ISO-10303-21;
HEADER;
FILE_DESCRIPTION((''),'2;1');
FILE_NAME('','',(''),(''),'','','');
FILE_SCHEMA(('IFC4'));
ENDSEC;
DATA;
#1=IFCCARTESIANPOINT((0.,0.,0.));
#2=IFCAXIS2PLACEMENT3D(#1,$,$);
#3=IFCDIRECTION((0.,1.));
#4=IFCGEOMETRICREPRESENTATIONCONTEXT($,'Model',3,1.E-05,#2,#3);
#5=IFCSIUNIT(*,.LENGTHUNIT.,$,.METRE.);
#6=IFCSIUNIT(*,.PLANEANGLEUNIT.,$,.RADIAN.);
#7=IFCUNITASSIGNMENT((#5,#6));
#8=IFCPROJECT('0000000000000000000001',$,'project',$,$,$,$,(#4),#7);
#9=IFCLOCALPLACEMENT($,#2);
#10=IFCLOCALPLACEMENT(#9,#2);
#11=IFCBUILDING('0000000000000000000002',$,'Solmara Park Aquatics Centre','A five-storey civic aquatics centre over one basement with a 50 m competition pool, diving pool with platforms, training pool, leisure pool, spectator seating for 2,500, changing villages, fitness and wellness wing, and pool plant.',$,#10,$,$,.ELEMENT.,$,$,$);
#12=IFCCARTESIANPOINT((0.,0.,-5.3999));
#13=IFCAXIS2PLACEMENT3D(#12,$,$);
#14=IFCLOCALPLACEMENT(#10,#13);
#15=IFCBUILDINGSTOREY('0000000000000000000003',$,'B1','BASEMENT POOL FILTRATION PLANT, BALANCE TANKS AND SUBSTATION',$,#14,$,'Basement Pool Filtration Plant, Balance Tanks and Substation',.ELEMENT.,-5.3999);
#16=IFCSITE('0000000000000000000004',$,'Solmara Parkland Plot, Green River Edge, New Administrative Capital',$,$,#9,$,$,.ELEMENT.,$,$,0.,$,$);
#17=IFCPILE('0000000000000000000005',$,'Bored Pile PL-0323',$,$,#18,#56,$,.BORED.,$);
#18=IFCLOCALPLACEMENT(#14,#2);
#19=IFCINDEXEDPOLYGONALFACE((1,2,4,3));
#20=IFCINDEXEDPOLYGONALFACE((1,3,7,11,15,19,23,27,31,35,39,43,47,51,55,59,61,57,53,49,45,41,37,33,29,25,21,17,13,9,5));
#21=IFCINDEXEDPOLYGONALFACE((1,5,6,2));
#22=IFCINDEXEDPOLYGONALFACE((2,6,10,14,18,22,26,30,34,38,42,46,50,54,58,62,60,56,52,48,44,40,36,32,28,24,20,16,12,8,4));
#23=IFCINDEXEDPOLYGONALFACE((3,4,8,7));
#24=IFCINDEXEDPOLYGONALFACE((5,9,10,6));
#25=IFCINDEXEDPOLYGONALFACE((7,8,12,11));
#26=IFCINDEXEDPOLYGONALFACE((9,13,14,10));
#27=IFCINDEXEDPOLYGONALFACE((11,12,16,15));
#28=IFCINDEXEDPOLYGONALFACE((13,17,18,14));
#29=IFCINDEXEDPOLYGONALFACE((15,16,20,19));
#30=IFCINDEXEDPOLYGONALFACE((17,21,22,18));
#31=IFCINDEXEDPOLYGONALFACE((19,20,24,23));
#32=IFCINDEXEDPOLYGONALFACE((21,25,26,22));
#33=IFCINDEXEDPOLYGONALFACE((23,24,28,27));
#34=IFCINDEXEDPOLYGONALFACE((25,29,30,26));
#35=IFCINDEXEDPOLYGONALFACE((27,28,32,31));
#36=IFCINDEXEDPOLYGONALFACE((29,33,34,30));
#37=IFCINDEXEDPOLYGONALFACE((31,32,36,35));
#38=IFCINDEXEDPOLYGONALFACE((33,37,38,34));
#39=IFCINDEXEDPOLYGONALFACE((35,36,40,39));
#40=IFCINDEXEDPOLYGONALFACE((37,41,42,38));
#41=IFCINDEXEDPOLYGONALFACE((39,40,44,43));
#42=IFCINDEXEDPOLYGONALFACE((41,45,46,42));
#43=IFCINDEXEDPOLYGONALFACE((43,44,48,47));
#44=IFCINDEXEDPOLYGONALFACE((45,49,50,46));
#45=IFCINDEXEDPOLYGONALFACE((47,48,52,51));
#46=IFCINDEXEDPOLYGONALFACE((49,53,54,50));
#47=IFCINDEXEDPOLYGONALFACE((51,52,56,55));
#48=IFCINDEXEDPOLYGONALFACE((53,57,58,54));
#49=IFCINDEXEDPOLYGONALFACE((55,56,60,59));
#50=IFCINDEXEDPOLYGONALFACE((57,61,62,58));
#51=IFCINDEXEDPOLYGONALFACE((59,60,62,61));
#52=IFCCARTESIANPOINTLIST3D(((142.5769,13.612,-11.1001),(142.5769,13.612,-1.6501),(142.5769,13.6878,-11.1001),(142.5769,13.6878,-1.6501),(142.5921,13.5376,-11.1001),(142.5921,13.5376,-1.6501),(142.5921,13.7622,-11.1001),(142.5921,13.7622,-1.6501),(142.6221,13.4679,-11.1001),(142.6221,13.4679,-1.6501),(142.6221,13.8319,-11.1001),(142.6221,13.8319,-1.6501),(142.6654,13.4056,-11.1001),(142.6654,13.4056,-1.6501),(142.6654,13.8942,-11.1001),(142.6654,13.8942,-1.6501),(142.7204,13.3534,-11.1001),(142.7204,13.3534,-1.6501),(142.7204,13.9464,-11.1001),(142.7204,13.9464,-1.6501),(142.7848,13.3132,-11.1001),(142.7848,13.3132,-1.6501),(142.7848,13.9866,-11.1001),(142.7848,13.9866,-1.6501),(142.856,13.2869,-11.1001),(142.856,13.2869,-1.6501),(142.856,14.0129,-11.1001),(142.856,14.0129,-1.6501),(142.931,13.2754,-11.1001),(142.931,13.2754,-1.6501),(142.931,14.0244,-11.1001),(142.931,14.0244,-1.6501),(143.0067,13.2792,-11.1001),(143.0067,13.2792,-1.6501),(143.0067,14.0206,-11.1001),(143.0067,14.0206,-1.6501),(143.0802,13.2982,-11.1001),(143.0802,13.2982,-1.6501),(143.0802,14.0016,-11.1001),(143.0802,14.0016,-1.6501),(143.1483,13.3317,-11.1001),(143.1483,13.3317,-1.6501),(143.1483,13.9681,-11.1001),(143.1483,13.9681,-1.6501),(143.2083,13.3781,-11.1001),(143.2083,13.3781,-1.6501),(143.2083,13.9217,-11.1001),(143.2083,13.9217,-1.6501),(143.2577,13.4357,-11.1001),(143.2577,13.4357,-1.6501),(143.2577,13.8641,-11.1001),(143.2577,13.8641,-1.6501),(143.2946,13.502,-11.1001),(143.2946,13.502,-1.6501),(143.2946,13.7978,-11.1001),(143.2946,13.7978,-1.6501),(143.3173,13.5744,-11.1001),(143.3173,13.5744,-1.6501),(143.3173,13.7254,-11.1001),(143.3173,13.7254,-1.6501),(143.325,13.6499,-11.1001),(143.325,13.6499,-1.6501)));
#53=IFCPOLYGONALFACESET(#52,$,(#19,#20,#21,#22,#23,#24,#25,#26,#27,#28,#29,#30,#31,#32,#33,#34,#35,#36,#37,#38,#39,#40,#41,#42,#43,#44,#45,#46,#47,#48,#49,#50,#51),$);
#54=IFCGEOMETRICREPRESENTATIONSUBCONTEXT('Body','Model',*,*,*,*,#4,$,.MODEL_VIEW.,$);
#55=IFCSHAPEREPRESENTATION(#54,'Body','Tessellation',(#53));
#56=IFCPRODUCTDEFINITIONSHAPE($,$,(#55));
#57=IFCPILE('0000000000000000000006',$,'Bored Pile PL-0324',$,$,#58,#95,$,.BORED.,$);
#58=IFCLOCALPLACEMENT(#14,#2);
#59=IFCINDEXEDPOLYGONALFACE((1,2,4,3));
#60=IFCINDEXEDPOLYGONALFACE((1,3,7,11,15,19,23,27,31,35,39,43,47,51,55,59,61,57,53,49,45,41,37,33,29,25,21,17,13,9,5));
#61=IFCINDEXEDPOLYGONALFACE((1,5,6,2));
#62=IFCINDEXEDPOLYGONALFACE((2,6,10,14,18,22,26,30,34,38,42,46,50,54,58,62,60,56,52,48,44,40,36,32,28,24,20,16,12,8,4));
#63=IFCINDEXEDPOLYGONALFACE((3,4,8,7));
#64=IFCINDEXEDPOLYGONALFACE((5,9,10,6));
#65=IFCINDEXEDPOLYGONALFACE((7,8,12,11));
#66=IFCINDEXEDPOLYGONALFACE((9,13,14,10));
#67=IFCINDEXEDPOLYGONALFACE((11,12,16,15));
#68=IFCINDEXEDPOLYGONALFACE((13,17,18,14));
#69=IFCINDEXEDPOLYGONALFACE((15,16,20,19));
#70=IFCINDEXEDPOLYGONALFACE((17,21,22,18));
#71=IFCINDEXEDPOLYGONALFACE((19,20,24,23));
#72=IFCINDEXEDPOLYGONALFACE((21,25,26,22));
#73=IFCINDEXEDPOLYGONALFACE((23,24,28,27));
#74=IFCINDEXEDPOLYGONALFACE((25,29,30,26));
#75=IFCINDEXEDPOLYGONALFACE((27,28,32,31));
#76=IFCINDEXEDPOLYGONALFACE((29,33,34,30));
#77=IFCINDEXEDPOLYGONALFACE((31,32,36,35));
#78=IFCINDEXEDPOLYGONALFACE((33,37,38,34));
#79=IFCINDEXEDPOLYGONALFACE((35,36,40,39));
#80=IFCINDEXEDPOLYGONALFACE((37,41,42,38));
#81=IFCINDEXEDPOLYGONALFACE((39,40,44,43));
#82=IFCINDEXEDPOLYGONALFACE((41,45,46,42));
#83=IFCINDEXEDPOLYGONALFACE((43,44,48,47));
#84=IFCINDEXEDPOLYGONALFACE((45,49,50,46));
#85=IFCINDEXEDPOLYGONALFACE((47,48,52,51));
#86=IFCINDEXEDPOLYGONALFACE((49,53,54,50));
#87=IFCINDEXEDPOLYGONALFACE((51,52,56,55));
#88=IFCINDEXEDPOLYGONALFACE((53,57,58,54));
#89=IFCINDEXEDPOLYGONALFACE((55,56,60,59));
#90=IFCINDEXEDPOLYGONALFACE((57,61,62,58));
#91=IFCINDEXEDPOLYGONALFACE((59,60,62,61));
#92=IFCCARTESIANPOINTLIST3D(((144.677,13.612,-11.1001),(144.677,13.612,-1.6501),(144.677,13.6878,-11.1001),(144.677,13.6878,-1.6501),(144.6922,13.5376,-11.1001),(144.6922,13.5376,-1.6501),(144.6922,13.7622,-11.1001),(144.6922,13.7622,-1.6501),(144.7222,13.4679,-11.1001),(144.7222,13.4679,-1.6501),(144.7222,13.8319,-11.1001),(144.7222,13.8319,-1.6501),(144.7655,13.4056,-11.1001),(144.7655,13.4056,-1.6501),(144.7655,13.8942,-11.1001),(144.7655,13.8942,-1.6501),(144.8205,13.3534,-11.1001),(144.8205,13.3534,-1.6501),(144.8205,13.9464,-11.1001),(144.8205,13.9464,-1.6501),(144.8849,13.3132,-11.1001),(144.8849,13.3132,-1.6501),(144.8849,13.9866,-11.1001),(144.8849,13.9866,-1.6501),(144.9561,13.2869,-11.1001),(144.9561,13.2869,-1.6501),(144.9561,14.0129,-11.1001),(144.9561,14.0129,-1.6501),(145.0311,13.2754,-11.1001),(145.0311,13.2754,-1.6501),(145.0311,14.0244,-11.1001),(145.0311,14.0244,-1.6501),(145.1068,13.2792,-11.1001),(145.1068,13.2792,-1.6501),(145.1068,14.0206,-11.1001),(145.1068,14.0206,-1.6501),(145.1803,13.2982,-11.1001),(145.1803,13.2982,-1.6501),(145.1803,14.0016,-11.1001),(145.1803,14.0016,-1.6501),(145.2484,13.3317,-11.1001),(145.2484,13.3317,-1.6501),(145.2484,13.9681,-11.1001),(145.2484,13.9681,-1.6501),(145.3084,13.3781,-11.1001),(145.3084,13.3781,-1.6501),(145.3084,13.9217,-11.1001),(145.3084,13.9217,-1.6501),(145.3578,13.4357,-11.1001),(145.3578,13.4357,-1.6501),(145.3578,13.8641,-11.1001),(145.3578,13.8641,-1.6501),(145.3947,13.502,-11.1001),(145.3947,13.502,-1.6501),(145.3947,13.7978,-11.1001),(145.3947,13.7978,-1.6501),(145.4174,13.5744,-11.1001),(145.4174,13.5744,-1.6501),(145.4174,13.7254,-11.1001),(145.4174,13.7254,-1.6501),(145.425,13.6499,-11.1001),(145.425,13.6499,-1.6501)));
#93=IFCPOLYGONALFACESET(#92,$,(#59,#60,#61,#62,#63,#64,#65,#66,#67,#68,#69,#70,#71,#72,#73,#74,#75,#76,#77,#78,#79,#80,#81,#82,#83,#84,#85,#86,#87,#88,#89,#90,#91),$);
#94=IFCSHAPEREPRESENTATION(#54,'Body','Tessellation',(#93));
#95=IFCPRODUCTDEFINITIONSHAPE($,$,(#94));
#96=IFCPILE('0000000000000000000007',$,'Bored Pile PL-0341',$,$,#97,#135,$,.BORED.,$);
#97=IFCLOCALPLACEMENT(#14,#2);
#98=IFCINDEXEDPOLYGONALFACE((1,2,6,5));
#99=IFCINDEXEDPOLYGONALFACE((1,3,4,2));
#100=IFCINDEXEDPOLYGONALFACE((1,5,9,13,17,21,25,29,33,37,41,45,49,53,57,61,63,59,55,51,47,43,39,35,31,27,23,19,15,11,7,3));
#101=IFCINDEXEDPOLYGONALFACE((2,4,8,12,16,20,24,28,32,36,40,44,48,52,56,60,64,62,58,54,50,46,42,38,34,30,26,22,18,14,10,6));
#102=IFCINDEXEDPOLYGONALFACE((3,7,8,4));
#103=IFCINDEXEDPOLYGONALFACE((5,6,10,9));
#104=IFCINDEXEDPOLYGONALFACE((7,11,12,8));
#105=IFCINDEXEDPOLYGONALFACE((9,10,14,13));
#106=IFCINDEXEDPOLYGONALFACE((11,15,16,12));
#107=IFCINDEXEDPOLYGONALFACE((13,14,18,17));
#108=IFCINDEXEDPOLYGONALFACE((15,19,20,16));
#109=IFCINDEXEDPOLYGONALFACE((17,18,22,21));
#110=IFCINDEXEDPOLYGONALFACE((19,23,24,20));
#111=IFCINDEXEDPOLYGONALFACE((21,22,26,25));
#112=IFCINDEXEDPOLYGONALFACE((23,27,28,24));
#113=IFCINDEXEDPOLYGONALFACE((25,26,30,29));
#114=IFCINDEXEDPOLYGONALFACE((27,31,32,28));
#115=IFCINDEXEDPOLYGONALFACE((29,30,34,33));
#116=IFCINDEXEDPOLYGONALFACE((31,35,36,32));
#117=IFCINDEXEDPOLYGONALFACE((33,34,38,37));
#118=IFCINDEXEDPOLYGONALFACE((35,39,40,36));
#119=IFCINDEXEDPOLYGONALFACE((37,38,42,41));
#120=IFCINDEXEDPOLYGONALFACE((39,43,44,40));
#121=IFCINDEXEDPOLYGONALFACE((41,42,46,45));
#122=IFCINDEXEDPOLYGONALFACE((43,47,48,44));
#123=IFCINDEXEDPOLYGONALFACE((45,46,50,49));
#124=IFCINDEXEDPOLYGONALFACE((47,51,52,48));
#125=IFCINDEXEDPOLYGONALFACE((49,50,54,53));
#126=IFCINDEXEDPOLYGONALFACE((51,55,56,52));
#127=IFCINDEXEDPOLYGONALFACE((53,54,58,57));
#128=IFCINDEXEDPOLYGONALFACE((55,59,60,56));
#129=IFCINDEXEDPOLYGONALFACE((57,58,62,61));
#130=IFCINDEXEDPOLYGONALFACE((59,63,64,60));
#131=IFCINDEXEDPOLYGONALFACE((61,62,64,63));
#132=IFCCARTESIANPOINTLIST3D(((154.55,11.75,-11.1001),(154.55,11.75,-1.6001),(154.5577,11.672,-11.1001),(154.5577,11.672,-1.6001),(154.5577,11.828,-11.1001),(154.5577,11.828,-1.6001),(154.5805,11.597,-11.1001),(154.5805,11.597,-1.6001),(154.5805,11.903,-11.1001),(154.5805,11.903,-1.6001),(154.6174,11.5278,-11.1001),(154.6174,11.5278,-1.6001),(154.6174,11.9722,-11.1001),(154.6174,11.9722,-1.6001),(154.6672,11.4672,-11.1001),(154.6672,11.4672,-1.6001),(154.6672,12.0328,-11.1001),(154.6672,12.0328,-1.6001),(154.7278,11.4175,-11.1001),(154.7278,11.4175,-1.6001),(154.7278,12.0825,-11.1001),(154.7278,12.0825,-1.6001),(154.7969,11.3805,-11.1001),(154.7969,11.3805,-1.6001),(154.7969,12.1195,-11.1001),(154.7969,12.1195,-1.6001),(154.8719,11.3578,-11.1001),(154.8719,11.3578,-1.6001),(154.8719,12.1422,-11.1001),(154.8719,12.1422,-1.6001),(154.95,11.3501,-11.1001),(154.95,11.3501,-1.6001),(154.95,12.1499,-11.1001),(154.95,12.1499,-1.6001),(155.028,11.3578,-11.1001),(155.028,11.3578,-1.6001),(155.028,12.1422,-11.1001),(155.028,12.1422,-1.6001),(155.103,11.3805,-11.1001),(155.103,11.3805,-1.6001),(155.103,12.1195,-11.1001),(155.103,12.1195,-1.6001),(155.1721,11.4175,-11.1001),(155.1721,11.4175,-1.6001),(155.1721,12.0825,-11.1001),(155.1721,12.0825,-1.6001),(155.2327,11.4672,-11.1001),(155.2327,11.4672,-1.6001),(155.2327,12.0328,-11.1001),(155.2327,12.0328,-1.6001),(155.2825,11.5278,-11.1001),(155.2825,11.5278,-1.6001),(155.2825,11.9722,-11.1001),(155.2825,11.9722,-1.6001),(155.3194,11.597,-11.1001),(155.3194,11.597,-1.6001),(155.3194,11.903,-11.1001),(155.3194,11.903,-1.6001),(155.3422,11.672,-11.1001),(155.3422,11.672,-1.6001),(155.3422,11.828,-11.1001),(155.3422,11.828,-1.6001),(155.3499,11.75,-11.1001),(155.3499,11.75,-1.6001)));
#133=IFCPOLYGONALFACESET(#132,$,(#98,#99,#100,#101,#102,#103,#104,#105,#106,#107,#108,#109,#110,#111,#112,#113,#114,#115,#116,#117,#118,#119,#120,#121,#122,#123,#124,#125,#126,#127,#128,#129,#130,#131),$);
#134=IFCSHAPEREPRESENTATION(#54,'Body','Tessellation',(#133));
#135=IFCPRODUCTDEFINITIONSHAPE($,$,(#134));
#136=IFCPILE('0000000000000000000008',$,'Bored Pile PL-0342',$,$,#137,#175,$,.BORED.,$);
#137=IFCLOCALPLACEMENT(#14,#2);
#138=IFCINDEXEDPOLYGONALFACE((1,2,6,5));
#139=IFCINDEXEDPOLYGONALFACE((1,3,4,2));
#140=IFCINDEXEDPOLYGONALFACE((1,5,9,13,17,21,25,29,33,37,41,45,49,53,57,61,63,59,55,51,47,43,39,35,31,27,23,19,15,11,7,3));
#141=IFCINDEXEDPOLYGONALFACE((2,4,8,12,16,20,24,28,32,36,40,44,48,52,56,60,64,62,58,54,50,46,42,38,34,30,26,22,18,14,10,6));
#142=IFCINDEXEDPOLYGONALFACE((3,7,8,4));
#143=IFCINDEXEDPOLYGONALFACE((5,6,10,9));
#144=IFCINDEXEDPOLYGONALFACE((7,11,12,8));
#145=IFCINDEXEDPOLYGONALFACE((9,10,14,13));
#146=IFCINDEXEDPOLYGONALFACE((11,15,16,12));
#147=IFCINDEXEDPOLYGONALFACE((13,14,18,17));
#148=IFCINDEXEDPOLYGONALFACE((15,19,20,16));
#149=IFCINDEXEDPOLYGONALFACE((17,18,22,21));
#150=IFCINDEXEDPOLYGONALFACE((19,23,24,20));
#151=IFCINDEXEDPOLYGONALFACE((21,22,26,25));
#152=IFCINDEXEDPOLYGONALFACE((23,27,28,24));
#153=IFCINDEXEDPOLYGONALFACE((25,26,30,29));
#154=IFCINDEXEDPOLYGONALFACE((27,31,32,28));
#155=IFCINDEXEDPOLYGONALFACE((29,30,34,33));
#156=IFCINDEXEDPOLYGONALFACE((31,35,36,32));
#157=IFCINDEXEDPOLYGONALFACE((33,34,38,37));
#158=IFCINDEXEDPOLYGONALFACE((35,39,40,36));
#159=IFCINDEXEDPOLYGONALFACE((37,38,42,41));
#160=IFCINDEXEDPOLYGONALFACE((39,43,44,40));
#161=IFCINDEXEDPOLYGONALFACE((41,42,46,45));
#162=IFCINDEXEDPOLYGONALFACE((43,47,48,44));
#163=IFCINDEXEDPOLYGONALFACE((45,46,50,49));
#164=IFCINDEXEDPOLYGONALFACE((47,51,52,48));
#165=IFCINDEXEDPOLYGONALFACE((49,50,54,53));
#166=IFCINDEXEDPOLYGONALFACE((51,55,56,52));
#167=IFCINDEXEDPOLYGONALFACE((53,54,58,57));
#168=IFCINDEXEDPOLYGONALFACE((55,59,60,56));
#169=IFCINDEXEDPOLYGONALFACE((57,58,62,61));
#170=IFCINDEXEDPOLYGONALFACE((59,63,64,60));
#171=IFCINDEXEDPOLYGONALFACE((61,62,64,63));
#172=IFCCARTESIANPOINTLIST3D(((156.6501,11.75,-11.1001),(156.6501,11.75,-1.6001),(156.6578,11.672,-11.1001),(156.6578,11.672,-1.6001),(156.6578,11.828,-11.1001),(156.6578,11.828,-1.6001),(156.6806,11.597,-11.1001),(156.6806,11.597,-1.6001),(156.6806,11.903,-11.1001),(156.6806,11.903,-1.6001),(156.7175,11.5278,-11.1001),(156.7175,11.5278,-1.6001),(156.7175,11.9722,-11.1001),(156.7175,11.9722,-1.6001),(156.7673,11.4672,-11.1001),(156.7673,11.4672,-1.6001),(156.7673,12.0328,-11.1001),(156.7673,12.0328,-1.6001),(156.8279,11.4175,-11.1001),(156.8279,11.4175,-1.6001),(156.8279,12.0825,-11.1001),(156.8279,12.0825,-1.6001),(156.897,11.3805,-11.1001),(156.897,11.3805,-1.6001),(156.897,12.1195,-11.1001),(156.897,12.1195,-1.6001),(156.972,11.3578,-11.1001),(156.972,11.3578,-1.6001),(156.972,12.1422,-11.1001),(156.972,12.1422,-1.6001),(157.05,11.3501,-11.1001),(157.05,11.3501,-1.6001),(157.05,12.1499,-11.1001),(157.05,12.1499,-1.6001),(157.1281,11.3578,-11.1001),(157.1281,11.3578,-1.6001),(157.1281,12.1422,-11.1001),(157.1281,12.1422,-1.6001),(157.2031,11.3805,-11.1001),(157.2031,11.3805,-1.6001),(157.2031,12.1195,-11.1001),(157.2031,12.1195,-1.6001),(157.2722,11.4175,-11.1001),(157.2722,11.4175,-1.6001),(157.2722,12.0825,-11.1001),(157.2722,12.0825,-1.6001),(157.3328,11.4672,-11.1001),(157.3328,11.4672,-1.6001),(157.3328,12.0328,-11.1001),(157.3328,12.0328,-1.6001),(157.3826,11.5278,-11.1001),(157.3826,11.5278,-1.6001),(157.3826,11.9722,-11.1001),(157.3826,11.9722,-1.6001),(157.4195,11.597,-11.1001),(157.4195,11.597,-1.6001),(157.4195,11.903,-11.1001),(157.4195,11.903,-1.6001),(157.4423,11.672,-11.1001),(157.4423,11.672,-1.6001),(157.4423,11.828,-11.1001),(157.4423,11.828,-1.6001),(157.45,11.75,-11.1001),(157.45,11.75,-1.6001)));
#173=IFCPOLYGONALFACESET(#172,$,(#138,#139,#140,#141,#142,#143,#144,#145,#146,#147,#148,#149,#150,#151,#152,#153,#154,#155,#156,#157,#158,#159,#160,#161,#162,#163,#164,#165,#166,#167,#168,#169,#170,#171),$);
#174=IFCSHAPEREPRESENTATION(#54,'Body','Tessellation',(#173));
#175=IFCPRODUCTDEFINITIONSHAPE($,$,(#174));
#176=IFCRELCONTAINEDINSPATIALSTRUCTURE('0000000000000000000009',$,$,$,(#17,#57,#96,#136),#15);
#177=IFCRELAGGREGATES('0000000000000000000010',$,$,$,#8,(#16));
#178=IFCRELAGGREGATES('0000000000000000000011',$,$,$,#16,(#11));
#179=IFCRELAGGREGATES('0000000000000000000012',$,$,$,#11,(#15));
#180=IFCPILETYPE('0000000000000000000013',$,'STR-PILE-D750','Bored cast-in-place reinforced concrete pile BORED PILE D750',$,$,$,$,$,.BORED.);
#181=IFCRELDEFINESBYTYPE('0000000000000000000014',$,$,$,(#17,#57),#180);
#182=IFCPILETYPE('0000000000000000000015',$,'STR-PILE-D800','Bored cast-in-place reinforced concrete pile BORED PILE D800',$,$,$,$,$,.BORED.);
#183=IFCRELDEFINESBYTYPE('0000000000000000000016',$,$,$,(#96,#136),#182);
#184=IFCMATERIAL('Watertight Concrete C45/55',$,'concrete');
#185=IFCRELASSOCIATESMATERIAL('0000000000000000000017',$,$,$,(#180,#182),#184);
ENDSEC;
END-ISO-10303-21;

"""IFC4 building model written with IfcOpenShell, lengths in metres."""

from ifc_helpers import new_model, si_unit, direction, frame, origin, origin_2d, place, context, subcontext, project, spatial, circle, extrude, material, material_profile, profile_set, type_object, element, save


model = new_model("IFC4")

# Units and contexts
model_context = context("Model", 3, precision=1e-05, world=origin(), true_north=direction((0.0, 1.0)))
body_context = subcontext(model_context, "Body", "Model", "MODEL_VIEW")
ifc_project = project(units=[si_unit("LENGTHUNIT", "METRE"), si_unit("PLANEANGLEUNIT", "RADIAN")], contexts=[model_context])

# Site, building, storey
site_placement = place(None, origin())
site = spatial("IfcSite", under=ifc_project, at=site_placement, Name="Solmara Parkland Plot, Green River Edge, New Administrative Capital", CompositionType="ELEMENT", RefElevation=0.0)
building_placement = place(site_placement, origin())
building = spatial("IfcBuilding", under=site, at=building_placement, Name="Solmara Park Aquatics Centre", Description="A five-storey civic aquatics centre over one basement with a 50 m competition pool, diving pool with platforms, training pool, leisure pool, spectator seating for 2,500, changing villages, fitness and wellness wing, and pool plant.", CompositionType="ELEMENT")
storey_placement = place(building_placement, frame((0.0, 0.0, -5.3999)))
storey = spatial("IfcBuildingStorey", under=building, at=storey_placement, Name="B1", Description="BASEMENT POOL FILTRATION PLANT, BALANCE TANKS AND SUBSTATION", LongName="Basement Pool Filtration Plant, Balance Tanks and Substation", CompositionType="ELEMENT", Elevation=-5.3999)

# Shared definitions
ifc_material_1 = material(Name="Watertight Concrete C45/55", Category="concrete")

# Piles
ifc_material_profile_1 = material_profile(ifc_material_1, circle(Radius=0.375, at=origin_2d()), Name="BORED PILE D750")
ifc_profile_set_1 = profile_set([ifc_material_profile_1], Name="Watertight Concrete C45/55")
pile_type_1 = type_object("IfcPileType", Name="STR-PILE-D750", Description="Bored cast-in-place reinforced concrete pile BORED PILE D750", PredefinedType="BORED", material=ifc_profile_set_1)
for number, where, z_axis, x_axis, name in (
    (1, (142.95, 13.6499, -1.6501), (0.0, 0.0, -1.0), (1.0, 0.0, 0.0), "Bored Pile PL-0323"),
    (2, (145.05, 13.6499, -1.6501), (0.0, 0.0, -1.0), (1.0, 0.0, 0.0), "Bored Pile PL-0324"),
):
    element("IfcPile", number, at=place(storey_placement, frame(where, z_axis=z_axis, x_axis=x_axis)), inside=storey, type_object=pile_type_1, Name=name, PredefinedType="BORED", context=body_context, shape_type="SweptSolid", body=[
        extrude(circle(Radius=0.375, at=origin_2d()), origin(), (0.0, 0.0, 1.0), 9.45),
    ])
ifc_material_profile_2 = material_profile(ifc_material_1, circle(Radius=0.3999, at=origin_2d()), Name="BORED PILE D800")
ifc_profile_set_2 = profile_set([ifc_material_profile_2], Name="Watertight Concrete C45/55")
pile_type_2 = type_object("IfcPileType", Name="STR-PILE-D800", Description="Bored cast-in-place reinforced concrete pile BORED PILE D800", PredefinedType="BORED", material=ifc_profile_set_2)
for number, where, z_axis, x_axis, name in (
    (3, (154.95, 11.75, -1.6001), (0.0, 0.0, -1.0), (1.0, 0.0, 0.0), "Bored Pile PL-0341"),
    (4, (157.05, 11.75, -1.6001), (0.0, 0.0, -1.0), (1.0, 0.0, 0.0), "Bored Pile PL-0342"),
):
    element("IfcPile", number, at=place(storey_placement, frame(where, z_axis=z_axis, x_axis=x_axis)), inside=storey, type_object=pile_type_2, Name=name, PredefinedType="BORED", context=body_context, shape_type="SweptSolid", body=[
        extrude(circle(Radius=0.3999, at=origin_2d()), origin(), (0.0, 0.0, 1.0), 9.5),
    ])

save(model, "model.ifc")
